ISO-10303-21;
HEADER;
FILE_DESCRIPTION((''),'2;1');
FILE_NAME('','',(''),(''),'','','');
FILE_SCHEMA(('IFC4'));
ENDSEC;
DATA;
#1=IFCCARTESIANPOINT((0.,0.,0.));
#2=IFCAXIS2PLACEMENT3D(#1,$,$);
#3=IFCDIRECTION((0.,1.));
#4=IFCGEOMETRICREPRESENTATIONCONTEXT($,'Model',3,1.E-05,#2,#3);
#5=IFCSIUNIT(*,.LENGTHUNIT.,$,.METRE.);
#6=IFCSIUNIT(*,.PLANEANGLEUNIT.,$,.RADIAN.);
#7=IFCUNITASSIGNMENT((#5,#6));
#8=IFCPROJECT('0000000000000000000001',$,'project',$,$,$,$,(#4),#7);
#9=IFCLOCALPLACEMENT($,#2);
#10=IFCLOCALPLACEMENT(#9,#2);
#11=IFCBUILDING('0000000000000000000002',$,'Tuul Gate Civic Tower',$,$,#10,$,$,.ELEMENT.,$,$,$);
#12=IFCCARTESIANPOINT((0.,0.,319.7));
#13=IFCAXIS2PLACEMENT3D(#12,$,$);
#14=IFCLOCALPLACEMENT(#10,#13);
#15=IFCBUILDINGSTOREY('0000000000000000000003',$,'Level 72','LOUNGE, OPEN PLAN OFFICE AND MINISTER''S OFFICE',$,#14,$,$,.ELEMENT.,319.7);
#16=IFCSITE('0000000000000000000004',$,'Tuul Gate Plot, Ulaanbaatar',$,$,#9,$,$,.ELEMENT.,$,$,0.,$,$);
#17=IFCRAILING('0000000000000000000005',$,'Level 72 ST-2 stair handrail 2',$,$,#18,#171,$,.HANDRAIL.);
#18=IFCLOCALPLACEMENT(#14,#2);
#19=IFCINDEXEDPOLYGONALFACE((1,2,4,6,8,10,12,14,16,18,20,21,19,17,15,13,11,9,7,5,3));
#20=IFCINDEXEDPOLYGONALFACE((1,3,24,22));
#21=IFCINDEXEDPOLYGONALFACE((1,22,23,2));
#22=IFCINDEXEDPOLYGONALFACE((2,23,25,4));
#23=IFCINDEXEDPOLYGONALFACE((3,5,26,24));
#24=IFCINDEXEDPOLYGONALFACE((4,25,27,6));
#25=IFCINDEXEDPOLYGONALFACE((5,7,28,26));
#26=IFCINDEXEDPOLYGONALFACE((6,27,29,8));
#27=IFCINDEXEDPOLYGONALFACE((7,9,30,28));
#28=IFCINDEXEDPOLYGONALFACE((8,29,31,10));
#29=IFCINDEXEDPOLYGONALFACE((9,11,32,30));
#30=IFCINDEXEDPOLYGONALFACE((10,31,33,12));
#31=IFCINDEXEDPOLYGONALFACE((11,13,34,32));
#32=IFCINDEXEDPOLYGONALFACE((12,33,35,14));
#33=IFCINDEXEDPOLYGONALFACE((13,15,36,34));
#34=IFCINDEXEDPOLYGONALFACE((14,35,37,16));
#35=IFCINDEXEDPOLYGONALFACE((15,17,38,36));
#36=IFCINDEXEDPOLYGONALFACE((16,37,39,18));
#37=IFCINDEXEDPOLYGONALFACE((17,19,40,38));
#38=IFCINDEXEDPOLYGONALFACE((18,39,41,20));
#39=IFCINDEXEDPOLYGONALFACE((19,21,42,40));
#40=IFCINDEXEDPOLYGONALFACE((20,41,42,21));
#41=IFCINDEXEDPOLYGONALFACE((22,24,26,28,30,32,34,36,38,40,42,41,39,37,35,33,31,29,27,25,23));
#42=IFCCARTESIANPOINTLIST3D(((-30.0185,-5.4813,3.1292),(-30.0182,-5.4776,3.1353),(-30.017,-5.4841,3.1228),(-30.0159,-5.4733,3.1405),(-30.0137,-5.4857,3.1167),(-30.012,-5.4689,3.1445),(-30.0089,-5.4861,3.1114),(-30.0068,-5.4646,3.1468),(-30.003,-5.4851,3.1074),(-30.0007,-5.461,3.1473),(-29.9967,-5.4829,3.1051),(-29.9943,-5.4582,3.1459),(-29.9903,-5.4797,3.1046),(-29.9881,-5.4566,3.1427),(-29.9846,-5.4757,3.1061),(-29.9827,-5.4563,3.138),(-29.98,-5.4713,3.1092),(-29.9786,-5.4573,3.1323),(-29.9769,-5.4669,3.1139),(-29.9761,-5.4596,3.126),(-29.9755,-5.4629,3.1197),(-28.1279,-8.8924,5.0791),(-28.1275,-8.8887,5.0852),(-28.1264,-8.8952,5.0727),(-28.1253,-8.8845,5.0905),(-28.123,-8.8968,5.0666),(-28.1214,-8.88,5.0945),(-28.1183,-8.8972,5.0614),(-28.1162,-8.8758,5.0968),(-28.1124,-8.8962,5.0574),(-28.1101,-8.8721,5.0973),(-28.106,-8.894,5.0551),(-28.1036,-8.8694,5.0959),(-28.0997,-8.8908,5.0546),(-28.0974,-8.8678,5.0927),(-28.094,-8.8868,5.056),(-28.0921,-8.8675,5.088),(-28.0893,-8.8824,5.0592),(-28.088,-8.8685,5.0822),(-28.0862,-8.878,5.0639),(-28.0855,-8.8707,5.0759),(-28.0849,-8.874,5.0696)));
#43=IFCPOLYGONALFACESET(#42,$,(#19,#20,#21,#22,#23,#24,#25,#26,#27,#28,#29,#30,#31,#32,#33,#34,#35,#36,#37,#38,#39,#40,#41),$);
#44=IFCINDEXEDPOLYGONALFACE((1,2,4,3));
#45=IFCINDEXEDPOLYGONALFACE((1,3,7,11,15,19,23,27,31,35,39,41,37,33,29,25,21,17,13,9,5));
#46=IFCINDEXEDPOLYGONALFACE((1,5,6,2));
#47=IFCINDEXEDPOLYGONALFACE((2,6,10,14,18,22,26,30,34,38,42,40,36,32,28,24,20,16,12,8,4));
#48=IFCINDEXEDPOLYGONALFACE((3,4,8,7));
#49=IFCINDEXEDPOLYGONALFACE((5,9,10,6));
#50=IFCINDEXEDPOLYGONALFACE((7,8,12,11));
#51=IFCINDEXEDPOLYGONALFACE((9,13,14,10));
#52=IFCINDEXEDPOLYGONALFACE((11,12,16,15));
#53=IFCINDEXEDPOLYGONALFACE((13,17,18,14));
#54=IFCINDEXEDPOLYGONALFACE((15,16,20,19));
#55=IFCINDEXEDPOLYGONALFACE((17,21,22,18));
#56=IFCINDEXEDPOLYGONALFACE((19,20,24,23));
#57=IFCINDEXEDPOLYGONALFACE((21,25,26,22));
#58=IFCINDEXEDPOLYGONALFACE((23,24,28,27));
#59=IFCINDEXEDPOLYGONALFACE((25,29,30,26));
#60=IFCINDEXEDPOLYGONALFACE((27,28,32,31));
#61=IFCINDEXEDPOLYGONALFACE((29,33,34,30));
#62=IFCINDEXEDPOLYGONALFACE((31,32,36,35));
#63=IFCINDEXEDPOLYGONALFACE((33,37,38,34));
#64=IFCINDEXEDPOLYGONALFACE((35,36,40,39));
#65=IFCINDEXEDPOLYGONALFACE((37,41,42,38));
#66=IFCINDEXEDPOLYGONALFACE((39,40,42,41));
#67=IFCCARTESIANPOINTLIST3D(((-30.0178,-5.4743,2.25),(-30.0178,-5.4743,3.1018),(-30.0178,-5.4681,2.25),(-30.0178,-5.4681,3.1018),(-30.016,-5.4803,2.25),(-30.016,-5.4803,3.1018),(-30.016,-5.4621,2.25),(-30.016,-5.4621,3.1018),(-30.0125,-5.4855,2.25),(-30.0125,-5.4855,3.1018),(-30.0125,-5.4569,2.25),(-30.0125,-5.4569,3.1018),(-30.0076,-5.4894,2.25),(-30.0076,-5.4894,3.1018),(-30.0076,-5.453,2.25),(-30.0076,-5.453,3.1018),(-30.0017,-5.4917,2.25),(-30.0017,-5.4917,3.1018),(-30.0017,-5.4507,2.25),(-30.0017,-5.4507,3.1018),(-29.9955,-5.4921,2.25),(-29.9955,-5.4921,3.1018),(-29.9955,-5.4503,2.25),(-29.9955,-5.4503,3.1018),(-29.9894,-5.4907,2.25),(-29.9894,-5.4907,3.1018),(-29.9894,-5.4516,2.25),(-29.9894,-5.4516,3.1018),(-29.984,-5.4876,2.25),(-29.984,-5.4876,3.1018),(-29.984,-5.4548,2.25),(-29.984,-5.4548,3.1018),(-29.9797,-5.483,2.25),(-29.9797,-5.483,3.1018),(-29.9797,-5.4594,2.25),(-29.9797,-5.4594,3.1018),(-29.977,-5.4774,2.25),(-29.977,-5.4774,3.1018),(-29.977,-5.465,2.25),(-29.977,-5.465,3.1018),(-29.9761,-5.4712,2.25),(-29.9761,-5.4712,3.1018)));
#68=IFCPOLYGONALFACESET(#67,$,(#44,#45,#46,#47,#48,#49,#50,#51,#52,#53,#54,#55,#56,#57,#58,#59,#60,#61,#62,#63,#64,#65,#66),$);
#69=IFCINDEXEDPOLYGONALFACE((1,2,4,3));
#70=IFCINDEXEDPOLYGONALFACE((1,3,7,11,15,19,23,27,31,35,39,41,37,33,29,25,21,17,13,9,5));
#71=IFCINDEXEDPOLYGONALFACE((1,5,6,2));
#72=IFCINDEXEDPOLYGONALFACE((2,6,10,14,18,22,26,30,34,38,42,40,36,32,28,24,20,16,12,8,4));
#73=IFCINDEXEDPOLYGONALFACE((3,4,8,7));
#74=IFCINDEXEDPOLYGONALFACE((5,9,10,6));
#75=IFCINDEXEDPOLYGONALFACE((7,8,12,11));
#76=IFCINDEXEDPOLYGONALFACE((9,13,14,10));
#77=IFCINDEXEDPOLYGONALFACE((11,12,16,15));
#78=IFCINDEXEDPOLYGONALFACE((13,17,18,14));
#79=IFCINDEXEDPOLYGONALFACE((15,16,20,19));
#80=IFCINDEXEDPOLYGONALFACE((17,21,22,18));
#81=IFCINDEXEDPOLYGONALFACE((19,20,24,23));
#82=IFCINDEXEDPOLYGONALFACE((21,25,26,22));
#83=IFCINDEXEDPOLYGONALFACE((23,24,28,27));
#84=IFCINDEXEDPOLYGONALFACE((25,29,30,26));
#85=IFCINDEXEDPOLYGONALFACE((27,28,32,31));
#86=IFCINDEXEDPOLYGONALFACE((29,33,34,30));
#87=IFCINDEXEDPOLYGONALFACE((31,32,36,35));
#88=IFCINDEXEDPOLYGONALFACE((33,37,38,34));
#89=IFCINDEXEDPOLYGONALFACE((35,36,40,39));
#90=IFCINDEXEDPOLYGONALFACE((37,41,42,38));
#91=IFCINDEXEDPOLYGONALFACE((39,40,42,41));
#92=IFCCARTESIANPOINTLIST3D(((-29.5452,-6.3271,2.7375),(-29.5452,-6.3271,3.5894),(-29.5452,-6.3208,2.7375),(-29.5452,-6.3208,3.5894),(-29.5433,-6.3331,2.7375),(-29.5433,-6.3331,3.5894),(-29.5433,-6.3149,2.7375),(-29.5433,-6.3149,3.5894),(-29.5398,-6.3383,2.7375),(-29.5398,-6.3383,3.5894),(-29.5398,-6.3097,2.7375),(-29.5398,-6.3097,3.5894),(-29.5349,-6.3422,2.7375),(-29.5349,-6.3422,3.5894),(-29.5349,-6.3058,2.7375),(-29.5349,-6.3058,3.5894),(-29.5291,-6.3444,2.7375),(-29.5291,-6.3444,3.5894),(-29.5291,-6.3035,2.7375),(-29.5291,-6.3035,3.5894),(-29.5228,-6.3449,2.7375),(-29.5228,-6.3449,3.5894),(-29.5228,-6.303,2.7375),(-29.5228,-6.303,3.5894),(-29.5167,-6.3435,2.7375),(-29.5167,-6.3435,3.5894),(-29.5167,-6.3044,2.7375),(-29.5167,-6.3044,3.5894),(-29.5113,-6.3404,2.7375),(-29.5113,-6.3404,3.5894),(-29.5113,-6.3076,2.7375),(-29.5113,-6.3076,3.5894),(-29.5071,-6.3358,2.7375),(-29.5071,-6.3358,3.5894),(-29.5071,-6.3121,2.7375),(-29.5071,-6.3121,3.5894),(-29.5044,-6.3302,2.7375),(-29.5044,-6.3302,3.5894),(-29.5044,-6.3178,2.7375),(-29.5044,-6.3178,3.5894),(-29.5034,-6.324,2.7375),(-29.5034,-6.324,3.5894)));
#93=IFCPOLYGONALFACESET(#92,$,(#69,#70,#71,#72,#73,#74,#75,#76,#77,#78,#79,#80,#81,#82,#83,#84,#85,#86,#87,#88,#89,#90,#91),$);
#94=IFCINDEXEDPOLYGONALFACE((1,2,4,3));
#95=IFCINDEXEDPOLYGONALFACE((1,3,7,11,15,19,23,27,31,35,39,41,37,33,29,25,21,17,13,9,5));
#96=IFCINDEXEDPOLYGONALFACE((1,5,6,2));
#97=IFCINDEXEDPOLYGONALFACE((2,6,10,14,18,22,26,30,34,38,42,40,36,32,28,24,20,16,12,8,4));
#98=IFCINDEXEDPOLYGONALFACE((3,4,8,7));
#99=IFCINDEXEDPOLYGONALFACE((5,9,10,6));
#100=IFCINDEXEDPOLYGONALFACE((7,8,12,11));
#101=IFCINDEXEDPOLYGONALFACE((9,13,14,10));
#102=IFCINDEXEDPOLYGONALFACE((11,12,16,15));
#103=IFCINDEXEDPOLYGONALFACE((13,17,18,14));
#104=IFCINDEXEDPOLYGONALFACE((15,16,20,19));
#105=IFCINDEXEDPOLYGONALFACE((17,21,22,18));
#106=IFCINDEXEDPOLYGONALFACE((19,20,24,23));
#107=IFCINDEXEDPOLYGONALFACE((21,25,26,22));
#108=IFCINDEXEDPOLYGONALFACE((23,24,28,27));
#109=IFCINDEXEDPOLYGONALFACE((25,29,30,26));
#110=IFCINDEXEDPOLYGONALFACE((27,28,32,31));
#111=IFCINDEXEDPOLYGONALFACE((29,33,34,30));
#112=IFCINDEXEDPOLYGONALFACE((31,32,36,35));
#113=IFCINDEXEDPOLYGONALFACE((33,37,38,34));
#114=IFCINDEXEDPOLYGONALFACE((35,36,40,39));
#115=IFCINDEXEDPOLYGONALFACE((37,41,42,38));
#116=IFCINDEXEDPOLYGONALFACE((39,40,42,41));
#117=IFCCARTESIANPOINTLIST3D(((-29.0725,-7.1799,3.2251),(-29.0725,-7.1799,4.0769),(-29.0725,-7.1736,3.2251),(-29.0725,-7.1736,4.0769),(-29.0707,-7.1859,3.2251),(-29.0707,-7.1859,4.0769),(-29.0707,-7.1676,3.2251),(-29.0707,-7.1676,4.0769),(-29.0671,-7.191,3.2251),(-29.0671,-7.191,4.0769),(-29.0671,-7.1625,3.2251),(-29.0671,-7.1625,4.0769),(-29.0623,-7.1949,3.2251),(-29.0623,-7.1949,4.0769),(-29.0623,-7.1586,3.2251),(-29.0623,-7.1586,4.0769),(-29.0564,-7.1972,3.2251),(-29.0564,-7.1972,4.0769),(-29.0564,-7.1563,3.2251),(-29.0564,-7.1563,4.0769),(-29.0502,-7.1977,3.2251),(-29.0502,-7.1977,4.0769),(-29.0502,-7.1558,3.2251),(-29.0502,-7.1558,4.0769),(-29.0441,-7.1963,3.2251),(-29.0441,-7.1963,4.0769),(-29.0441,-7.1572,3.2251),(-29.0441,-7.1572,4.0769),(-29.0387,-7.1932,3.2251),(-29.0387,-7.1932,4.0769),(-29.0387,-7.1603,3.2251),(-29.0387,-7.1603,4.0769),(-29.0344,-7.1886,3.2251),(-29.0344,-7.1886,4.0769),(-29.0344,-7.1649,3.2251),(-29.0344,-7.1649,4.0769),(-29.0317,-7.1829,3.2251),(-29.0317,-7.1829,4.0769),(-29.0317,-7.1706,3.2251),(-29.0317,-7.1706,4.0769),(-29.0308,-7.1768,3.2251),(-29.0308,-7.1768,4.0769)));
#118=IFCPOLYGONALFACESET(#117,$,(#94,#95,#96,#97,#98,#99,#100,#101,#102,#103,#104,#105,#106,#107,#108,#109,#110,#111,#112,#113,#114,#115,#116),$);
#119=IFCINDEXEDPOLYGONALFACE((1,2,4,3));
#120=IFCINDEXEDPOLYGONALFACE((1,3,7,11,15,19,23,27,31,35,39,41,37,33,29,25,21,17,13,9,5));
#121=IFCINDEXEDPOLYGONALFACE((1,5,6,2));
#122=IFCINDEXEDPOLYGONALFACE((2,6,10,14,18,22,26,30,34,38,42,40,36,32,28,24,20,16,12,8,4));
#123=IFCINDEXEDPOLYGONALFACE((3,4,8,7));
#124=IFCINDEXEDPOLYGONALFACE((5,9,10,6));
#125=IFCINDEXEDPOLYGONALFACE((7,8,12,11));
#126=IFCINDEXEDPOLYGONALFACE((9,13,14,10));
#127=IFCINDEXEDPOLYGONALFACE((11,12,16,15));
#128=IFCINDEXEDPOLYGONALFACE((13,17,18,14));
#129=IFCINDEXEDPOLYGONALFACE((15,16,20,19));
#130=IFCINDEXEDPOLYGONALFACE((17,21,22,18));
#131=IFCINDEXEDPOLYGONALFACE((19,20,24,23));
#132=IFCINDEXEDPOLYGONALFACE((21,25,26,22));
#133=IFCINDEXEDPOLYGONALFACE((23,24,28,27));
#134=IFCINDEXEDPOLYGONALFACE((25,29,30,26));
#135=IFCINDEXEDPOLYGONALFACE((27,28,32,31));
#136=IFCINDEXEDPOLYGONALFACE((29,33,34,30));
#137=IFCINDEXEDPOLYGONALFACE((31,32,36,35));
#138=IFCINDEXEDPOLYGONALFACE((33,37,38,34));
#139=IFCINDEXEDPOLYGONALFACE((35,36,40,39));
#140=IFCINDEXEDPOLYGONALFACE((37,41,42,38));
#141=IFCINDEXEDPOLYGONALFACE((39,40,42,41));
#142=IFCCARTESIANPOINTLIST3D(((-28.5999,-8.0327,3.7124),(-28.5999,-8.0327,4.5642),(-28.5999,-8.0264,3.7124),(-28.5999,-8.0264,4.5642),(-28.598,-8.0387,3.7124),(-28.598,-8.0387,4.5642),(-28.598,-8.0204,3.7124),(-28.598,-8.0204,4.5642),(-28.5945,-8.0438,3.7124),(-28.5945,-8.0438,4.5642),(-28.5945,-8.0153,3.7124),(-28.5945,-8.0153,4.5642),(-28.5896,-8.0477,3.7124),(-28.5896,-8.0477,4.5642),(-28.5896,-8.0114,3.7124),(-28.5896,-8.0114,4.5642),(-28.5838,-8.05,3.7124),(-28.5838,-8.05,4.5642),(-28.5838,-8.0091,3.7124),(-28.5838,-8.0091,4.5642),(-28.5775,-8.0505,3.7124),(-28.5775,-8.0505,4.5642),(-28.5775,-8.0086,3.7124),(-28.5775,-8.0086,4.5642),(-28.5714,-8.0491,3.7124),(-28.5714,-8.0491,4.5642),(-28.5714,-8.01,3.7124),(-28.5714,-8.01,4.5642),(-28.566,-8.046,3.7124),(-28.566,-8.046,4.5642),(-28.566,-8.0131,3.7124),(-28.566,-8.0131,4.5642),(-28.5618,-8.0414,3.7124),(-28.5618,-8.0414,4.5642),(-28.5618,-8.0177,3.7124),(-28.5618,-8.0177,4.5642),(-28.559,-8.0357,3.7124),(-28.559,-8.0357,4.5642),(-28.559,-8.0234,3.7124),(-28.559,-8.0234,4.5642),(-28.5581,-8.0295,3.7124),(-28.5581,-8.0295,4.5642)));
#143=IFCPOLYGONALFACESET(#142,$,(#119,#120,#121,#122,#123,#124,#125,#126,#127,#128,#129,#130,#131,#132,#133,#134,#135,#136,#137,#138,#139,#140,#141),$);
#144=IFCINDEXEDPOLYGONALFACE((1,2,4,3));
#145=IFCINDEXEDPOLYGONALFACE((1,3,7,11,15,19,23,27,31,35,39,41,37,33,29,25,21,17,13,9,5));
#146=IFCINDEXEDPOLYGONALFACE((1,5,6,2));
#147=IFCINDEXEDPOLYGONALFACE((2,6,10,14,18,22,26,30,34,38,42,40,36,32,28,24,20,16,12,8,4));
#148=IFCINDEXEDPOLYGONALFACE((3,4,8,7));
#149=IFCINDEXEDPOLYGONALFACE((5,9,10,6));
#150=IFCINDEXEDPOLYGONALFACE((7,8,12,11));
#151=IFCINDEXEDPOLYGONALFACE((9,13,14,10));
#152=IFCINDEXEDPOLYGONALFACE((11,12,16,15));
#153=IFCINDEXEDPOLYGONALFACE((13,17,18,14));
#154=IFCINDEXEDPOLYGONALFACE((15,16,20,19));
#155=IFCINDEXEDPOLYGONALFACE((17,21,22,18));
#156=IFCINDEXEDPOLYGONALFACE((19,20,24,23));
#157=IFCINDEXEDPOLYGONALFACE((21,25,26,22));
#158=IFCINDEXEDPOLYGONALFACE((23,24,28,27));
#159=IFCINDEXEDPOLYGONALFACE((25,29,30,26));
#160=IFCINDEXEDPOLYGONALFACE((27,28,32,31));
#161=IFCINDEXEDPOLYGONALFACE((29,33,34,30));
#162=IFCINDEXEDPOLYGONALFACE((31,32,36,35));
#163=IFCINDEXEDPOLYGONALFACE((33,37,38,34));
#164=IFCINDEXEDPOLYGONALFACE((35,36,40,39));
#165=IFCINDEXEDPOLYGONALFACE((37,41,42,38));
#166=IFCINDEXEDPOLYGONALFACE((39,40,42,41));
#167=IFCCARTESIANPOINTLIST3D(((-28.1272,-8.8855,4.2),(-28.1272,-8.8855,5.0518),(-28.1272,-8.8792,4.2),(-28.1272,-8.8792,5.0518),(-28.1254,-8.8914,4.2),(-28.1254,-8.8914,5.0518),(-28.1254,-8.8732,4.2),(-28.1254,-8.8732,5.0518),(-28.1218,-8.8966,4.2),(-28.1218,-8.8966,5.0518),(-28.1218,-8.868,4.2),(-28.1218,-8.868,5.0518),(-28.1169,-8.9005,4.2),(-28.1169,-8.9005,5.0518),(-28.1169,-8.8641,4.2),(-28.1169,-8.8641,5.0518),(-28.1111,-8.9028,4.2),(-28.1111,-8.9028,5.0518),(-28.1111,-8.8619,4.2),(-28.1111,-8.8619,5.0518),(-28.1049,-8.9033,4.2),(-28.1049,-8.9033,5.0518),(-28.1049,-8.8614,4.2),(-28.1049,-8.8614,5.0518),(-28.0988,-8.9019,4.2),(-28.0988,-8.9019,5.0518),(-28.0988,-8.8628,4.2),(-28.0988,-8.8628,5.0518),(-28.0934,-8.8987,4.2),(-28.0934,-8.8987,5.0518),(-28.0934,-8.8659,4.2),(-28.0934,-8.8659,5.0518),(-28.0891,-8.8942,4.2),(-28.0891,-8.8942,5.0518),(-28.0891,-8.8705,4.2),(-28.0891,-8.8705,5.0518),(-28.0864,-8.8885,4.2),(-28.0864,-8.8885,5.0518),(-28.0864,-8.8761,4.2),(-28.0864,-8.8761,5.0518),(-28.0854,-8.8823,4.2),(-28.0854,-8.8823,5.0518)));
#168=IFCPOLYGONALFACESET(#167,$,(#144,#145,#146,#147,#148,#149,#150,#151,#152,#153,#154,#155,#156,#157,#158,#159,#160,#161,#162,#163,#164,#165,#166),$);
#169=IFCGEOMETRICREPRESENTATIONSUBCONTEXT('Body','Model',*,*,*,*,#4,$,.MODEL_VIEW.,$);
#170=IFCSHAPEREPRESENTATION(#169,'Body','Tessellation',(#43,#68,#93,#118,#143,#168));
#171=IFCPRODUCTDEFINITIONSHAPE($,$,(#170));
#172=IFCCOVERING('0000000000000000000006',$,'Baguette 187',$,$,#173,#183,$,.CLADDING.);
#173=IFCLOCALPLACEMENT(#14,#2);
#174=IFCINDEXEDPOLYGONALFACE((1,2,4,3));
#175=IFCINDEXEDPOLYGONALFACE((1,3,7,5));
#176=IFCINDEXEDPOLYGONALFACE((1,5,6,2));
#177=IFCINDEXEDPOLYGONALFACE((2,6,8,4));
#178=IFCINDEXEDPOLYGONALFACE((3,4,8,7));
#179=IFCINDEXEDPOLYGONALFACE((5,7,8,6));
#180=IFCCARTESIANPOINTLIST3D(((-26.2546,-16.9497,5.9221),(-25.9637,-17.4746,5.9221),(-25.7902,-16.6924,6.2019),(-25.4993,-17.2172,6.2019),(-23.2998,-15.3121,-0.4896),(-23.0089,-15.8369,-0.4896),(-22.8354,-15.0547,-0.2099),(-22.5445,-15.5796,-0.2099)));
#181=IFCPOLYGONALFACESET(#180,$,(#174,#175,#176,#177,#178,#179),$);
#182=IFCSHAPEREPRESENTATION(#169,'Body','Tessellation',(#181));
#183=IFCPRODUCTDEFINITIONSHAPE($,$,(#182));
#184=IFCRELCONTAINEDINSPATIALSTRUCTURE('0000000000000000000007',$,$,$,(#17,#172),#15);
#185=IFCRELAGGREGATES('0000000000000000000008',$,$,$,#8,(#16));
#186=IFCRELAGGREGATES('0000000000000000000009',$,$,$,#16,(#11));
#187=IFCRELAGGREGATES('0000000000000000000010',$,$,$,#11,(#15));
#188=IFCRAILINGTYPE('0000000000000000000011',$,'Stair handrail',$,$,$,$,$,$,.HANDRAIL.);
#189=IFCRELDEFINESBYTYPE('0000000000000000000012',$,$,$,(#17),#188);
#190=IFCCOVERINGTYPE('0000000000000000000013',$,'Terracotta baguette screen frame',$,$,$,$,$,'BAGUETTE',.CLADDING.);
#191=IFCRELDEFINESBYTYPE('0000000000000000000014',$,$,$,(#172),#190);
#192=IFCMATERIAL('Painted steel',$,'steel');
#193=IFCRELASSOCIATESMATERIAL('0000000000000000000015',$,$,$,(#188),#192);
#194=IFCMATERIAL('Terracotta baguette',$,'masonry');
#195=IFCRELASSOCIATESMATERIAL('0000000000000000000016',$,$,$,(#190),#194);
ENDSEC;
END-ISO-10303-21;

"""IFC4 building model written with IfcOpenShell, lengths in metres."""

from ifc_helpers import new_model, si_unit, direction, frame, origin, origin_2d, place, context, subcontext, project, spatial, rectangle, circle, extrude, material, material_profile, profile_set, type_object, element, save


model = new_model("IFC4")

# Units and contexts
model_context = context("Model", 3, precision=1e-05, world=origin(), true_north=direction((0.0, 1.0)))
body_context = subcontext(model_context, "Body", "Model", "MODEL_VIEW")
ifc_project = project(units=[si_unit("LENGTHUNIT", "METRE"), si_unit("PLANEANGLEUNIT", "RADIAN")], contexts=[model_context])

# Site, building, storey
site_placement = place(None, origin())
site = spatial("IfcSite", under=ifc_project, at=site_placement, Name="Tuul Gate Plot, Ulaanbaatar", CompositionType="ELEMENT", RefElevation=0.0)
building_placement = place(site_placement, origin())
building = spatial("IfcBuilding", under=site, at=building_placement, Name="Tuul Gate Civic Tower", CompositionType="ELEMENT")
storey_placement = place(building_placement, frame((0.0, 0.0, 319.7)))
storey = spatial("IfcBuildingStorey", under=building, at=storey_placement, Name="Level 72", Description="LOUNGE, OPEN PLAN OFFICE AND MINISTER'S OFFICE", CompositionType="ELEMENT", Elevation=319.7)

# Railing
ifc_material_1 = material(Name="Painted steel", Category="steel")
railing_type_1 = type_object("IfcRailingType", Name="Stair handrail", PredefinedType="HANDRAIL", material=ifc_material_1)
railing_1_placement = place(storey_placement, frame((-29.9971, -5.4712, 2.25)))
element("IfcRailing", 1, at=railing_1_placement, inside=storey, type_object=railing_type_1, Name="Level 72 ST-2 stair handrail 2", PredefinedType="HANDRAIL", context=body_context, shape_type="SweptSolid", body=[
    extrude(circle(Radius=0.0239, at=origin_2d()), frame((0.0, 0.0, 0.876), z_axis=(0.433595, -0.782308, 0.447201), x_axis=(0.874641, 0.484771, 0.0)), (0.0, 0.0, 1.0), 4.3604),
    extrude(circle(Radius=0.021, at=origin_2d()), origin(), (0.0, 0.0, 1.0), 0.8518),
    extrude(circle(Radius=0.021, at=origin_2d()), frame((0.4727, -0.8528, 0.4875)), (0.0, 0.0, 1.0), 0.8518),
    extrude(circle(Radius=0.021, at=origin_2d()), frame((0.9453, -1.7056, 0.9751)), (0.0, 0.0, 1.0), 0.8518),
    extrude(circle(Radius=0.021, at=origin_2d()), frame((1.418, -2.5583, 1.4624)), (0.0, 0.0, 1.0), 0.8518),
    extrude(circle(Radius=0.021, at=origin_2d()), frame((1.8906, -3.4111, 1.95)), (0.0, 0.0, 1.0), 0.8518),
])

# Covering
ifc_material_2 = material(Name="Terracotta baguette", Category="masonry")
ifc_material_profile_1 = material_profile(ifc_material_2, rectangle(XDim=0.6001, YDim=0.6001, at=origin_2d()), Name="Terracotta baguette screen frame")
ifc_profile_set_1 = profile_set([ifc_material_profile_1], Name="Terracotta baguette")
covering_type = type_object("IfcCoveringType", Name="Terracotta baguette screen frame", ElementType="BAGUETTE", PredefinedType="CLADDING", material=ifc_profile_set_1)
covering_placement = place(storey_placement, frame((-25.877, -17.0835, 6.062), z_axis=(0.407708, 0.225969, -0.88471), x_axis=(-0.484765, 0.874644, 0.0)))
element("IfcCovering", 2, at=covering_placement, inside=storey, type_object=covering_type, Name="Baguette 187", PredefinedType="CLADDING", context=body_context, shape_type="SweptSolid", body=[
    extrude(rectangle(XDim=0.6001, YDim=0.6001, at=origin_2d()), origin(), (0.0, 0.0, 1.0), 7.2473),
])

save(model, "model.ifc")
